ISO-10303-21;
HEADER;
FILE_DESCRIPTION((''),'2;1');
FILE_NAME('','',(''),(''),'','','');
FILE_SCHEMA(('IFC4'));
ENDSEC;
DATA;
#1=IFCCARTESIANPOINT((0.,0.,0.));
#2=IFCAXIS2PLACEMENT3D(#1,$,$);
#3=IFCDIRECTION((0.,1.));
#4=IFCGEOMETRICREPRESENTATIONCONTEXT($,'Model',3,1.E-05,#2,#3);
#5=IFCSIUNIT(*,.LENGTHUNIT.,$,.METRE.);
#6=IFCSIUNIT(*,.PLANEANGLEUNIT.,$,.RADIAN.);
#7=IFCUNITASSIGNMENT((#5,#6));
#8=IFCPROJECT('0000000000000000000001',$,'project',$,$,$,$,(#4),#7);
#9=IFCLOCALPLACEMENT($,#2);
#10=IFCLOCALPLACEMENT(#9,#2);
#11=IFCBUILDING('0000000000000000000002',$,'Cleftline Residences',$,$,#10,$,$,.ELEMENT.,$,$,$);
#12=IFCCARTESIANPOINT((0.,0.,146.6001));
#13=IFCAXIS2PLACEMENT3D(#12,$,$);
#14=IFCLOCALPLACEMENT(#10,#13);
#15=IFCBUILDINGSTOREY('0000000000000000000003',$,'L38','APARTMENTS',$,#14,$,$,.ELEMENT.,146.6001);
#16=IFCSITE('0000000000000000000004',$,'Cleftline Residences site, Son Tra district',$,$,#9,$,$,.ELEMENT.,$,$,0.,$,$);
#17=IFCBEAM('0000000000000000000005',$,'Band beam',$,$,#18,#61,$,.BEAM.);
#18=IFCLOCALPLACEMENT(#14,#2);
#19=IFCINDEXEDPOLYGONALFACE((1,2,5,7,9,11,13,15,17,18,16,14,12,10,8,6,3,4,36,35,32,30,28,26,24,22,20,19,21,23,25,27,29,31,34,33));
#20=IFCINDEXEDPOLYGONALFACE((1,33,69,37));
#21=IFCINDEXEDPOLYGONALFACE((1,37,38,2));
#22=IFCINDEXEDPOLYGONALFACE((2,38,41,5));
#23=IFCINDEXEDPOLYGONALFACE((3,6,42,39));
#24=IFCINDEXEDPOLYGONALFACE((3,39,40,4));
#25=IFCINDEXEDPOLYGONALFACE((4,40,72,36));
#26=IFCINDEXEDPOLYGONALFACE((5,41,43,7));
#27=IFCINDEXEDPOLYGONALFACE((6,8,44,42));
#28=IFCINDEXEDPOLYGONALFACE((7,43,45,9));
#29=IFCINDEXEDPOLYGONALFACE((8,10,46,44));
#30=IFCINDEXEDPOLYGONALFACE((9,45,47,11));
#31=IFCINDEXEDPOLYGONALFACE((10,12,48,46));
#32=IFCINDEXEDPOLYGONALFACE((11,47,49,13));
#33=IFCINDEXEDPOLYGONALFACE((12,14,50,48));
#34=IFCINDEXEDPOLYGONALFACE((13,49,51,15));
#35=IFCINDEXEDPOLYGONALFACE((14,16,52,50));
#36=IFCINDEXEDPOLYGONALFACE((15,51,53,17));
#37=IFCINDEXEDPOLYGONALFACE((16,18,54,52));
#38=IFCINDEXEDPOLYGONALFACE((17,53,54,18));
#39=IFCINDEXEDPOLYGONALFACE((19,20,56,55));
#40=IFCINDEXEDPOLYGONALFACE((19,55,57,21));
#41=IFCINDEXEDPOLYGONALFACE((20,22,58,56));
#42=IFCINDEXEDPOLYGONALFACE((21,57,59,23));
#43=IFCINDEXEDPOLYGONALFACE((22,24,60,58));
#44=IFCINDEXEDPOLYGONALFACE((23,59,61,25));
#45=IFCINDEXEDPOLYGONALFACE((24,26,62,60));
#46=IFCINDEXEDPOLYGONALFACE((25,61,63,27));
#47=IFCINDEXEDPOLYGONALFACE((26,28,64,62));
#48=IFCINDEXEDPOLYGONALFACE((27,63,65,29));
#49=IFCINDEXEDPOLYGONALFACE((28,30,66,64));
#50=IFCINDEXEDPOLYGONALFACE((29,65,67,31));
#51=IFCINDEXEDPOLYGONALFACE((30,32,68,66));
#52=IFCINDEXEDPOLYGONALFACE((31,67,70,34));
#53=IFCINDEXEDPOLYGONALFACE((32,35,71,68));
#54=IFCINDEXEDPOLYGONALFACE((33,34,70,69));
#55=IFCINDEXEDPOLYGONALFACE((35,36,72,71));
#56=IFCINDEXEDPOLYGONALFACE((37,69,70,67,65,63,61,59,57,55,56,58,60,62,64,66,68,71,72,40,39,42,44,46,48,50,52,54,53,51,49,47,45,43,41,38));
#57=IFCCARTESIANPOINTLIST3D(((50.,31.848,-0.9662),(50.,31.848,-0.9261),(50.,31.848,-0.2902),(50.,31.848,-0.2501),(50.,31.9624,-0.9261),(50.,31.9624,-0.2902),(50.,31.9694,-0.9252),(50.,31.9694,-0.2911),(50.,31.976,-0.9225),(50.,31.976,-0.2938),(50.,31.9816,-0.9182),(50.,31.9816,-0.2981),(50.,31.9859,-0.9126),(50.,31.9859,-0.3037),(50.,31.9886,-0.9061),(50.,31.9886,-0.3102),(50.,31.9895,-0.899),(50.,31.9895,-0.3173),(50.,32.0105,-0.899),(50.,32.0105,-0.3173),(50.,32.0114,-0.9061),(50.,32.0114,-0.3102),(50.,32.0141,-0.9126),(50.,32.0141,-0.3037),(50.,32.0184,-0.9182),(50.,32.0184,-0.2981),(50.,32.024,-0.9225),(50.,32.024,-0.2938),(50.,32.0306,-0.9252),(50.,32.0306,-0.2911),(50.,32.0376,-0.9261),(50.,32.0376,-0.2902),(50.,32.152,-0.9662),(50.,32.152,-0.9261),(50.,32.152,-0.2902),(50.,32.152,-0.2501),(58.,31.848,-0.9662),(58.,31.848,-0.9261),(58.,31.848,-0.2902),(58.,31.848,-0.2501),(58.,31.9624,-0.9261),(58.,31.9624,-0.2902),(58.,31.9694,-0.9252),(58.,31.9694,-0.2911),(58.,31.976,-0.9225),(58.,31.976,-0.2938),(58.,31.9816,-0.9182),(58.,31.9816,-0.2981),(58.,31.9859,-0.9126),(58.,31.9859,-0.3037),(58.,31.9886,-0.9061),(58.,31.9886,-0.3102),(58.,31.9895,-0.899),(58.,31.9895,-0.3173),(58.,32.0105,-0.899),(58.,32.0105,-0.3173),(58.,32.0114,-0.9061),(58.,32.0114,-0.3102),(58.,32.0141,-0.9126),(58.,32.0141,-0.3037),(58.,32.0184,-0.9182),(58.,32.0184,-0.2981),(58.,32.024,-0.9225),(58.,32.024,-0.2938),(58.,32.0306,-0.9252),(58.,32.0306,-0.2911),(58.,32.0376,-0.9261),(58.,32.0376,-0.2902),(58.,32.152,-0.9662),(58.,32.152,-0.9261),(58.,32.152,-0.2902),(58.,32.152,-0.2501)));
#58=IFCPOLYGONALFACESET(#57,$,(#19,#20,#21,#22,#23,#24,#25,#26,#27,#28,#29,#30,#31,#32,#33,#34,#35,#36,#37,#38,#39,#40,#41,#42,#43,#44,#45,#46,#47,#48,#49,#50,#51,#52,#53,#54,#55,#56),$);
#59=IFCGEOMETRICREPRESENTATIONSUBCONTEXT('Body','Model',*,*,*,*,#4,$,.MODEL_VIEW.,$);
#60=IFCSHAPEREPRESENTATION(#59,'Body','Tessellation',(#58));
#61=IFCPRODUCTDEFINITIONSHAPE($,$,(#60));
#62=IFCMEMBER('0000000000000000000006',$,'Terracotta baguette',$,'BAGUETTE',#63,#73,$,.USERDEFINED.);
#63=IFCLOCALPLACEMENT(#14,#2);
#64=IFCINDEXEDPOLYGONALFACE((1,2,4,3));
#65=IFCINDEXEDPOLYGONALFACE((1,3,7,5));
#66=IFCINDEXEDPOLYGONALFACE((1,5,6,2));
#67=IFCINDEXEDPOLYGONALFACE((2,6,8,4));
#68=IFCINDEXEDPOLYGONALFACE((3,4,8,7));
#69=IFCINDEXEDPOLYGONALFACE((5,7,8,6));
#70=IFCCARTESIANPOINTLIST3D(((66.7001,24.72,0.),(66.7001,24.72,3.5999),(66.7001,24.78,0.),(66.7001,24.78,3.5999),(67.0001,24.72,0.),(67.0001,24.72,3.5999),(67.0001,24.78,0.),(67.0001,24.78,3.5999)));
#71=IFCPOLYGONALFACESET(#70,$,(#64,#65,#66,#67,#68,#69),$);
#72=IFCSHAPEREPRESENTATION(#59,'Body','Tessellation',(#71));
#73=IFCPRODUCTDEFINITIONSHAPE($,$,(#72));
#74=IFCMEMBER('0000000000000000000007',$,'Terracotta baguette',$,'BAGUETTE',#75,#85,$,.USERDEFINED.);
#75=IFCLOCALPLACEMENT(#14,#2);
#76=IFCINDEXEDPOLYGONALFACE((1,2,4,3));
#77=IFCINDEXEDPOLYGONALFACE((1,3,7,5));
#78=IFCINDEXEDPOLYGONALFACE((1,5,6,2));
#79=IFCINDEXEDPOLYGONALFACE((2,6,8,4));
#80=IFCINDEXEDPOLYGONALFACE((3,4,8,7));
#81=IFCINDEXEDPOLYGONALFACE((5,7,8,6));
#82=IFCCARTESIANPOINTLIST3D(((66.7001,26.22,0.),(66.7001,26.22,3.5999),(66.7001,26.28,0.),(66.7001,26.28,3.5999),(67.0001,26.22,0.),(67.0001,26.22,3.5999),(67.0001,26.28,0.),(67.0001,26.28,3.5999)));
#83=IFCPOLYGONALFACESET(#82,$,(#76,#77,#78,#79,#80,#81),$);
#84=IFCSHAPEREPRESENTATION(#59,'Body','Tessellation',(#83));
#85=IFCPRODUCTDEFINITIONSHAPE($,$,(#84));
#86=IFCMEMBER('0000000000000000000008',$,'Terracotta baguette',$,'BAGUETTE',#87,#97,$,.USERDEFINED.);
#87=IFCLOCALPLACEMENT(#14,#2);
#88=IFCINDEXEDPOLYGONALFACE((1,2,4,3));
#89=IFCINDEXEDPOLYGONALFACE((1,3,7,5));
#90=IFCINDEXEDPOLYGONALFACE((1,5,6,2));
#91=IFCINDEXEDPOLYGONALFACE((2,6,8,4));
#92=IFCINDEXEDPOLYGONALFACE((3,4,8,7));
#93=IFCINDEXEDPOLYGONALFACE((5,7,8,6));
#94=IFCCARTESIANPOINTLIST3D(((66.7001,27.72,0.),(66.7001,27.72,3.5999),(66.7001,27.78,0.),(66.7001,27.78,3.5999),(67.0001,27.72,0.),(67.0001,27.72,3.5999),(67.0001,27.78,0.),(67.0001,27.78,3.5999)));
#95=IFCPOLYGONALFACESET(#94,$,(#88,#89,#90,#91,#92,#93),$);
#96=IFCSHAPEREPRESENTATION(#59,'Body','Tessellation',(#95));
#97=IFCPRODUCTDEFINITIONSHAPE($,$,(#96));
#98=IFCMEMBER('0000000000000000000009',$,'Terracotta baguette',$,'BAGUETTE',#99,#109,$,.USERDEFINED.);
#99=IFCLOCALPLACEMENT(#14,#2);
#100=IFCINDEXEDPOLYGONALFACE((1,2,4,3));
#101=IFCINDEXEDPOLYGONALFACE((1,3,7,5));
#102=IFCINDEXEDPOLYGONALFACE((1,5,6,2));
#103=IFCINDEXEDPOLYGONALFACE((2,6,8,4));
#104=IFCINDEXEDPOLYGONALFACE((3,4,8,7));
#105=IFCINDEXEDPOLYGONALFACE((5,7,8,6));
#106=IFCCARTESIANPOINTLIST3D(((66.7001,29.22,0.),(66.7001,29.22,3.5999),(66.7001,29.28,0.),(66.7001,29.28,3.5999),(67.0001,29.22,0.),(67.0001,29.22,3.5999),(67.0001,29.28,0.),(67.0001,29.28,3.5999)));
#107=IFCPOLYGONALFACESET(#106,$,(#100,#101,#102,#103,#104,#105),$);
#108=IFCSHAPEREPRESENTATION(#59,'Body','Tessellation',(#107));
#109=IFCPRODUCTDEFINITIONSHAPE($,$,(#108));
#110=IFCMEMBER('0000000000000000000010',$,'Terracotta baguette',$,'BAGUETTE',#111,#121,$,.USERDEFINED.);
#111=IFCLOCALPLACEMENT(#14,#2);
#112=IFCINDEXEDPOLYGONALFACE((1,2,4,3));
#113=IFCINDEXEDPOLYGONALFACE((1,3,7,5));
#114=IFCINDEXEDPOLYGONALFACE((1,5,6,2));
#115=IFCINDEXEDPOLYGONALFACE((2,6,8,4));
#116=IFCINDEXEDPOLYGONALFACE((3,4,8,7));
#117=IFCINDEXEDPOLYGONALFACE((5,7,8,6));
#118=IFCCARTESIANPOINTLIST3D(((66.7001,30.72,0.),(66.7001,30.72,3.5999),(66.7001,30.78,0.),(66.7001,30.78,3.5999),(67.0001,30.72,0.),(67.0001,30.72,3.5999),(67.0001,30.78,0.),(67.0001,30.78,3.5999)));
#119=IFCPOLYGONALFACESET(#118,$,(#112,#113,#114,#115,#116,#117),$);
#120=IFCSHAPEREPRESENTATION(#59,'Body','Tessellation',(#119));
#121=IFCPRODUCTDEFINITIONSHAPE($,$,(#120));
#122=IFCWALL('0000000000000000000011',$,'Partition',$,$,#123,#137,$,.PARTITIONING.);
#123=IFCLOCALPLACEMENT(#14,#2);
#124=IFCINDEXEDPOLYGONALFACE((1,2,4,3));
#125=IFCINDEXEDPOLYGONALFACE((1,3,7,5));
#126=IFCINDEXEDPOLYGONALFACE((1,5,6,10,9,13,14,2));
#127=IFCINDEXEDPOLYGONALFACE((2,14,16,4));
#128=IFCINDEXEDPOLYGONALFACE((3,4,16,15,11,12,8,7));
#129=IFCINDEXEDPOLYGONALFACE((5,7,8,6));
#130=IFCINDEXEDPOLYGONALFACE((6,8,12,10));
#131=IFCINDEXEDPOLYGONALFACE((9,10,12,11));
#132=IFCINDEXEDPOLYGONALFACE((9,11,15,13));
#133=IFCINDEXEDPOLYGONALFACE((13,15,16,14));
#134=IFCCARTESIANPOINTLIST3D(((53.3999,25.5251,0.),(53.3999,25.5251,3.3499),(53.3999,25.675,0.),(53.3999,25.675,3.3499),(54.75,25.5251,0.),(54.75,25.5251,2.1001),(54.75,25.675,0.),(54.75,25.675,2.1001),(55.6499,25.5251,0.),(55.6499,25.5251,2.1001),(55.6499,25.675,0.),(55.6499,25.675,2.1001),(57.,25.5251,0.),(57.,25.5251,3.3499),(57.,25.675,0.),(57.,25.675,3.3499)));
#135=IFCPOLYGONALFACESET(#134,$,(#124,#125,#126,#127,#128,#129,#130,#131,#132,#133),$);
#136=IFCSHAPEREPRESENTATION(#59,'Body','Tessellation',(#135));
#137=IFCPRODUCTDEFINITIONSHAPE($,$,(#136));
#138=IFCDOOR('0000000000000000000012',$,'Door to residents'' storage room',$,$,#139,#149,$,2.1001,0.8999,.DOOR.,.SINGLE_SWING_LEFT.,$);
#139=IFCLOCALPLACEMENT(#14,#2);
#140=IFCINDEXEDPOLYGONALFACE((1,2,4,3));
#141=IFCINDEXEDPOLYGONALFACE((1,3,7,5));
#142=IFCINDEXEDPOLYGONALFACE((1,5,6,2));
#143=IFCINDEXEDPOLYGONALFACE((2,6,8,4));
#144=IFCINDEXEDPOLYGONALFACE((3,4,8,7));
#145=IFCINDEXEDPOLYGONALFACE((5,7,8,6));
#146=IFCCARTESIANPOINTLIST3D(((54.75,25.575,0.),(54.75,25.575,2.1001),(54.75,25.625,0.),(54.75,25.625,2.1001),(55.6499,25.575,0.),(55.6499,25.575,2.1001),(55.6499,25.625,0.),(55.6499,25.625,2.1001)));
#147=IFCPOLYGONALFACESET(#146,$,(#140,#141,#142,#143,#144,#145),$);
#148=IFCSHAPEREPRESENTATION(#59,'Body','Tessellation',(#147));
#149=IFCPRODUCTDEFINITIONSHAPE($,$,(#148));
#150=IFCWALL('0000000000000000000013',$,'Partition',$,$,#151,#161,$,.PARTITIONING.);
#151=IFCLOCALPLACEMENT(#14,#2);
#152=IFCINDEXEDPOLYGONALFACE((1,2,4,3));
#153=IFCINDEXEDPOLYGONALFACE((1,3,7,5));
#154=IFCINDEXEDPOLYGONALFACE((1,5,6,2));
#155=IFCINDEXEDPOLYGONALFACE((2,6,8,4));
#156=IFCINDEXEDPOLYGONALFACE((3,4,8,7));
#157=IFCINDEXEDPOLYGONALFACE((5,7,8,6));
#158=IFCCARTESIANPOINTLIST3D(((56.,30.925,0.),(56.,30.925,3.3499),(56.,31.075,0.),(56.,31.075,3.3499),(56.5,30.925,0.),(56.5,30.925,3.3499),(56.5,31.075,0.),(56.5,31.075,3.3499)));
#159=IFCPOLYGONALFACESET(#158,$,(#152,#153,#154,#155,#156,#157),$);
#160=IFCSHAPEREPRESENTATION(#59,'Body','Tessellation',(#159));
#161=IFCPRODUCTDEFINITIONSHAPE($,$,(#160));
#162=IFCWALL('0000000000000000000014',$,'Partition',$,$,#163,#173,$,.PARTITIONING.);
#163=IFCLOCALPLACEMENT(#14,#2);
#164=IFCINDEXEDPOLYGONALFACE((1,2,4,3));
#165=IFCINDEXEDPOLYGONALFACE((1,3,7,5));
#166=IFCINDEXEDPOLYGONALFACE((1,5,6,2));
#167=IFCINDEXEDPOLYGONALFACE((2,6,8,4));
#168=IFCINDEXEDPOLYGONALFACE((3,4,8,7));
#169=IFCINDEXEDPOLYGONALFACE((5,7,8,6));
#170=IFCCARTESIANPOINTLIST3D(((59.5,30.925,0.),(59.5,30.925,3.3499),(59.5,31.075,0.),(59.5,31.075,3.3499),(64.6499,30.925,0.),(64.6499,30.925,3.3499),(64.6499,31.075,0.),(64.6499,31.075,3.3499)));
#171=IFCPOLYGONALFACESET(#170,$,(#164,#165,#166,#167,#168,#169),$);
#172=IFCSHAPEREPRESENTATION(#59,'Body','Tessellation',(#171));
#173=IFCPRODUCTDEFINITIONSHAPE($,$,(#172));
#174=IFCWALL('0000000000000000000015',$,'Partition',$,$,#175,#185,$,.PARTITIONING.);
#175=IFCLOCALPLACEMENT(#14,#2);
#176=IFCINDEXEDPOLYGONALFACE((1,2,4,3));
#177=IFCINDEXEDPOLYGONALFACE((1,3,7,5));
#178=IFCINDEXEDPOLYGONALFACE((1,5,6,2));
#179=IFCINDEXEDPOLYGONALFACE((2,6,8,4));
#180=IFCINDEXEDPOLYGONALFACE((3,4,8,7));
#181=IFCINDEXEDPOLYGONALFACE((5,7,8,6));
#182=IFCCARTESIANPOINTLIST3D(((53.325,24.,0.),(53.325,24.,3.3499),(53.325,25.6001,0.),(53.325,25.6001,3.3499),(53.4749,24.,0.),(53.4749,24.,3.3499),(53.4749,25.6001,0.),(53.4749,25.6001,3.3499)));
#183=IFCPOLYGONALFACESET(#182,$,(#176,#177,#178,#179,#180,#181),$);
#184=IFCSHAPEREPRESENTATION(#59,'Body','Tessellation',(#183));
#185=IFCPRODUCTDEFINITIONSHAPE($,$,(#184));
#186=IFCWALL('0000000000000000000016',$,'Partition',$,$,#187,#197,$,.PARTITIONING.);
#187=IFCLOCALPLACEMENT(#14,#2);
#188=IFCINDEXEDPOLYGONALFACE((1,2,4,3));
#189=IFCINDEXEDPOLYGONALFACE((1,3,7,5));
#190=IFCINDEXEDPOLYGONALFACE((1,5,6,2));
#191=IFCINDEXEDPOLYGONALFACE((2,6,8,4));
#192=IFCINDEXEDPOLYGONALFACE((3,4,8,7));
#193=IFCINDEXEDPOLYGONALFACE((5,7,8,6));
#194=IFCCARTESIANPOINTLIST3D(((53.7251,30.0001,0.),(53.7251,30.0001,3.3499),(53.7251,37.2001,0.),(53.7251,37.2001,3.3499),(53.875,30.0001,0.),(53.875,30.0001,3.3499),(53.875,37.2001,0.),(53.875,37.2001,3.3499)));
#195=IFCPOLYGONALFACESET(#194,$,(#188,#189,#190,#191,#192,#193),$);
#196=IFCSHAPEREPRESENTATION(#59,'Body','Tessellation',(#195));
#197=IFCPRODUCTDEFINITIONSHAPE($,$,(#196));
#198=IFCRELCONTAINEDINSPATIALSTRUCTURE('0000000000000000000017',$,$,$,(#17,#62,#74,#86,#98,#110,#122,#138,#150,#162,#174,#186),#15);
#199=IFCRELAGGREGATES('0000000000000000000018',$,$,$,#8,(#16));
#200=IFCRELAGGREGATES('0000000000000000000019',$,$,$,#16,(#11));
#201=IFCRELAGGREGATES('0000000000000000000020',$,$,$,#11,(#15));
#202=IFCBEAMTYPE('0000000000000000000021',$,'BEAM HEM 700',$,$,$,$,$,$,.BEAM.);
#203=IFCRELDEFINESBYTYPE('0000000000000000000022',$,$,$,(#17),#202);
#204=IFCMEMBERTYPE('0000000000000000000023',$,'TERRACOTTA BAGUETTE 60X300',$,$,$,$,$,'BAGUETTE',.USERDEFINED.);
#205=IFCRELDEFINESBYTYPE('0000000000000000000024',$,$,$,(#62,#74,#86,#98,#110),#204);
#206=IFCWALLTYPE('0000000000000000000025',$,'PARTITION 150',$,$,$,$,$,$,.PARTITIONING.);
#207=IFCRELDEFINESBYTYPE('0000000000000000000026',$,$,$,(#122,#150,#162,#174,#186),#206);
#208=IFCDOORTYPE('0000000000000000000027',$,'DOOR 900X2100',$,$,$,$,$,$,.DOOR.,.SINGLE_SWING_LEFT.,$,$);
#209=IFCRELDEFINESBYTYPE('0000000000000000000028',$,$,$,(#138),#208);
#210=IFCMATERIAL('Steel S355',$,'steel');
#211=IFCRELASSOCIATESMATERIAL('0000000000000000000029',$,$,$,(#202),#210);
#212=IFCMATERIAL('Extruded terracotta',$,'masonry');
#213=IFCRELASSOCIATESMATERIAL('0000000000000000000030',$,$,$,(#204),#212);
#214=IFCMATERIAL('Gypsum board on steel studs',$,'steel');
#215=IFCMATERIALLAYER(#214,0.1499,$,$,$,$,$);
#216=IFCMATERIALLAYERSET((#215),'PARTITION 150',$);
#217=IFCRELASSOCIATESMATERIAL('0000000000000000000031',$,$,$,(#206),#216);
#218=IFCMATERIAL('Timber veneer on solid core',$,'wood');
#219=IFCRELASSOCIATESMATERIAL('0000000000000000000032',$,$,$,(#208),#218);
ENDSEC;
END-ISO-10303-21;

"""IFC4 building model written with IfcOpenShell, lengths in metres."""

from ifc_helpers import new_model, si_unit, direction, frame, frame_2d, origin, origin_2d, place, context, subcontext, project, spatial, rectangle, i_section, extrude, material, layer, layer_set, material_profile, profile_set, type_object, element, fill, save


model = new_model("IFC4")

# Units and contexts
model_context = context("Model", 3, precision=1e-05, world=origin(), true_north=direction((0.0, 1.0)))
body_context = subcontext(model_context, "Body", "Model", "MODEL_VIEW")
ifc_project = project(units=[si_unit("LENGTHUNIT", "METRE"), si_unit("PLANEANGLEUNIT", "RADIAN")], contexts=[model_context])

# Site, building, storey
site_placement = place(None, origin())
site = spatial("IfcSite", under=ifc_project, at=site_placement, Name="Cleftline Residences site, Son Tra district", CompositionType="ELEMENT", RefElevation=0.0)
building_placement = place(site_placement, origin())
building = spatial("IfcBuilding", under=site, at=building_placement, Name="Cleftline Residences", CompositionType="ELEMENT")
storey_placement = place(building_placement, frame((0.0, 0.0, 146.6001)))
storey = spatial("IfcBuildingStorey", under=building, at=storey_placement, Name="L38", Description="APARTMENTS", CompositionType="ELEMENT", Elevation=146.6001)

# Beam
ifc_material_1 = material(Name="Steel S355", Category="steel")
ifc_material_profile_1 = material_profile(ifc_material_1, i_section(OverallWidth=0.304, OverallDepth=0.7161, WebThickness=0.021, FlangeThickness=0.04, FilletRadius=0.0271, at=origin_2d()))
ifc_profile_set_1 = profile_set([ifc_material_profile_1], Name="Steel S355")
beam_type_1 = type_object("IfcBeamType", Name="BEAM HEM 700", PredefinedType="BEAM", material=ifc_profile_set_1)
beam_placement = place(storey_placement, frame((58.0, 32.0, -0.6082), z_axis=(-1.0, 0.0, 0.0), x_axis=(0.0, -1.0, 0.0)))
element("IfcBeam", 1, at=beam_placement, inside=storey, type_object=beam_type_1, Name="Band beam", PredefinedType="BEAM", context=body_context, shape_type="SweptSolid", body=[
    extrude(i_section(OverallWidth=0.304, OverallDepth=0.7161, WebThickness=0.021, FlangeThickness=0.04, FilletRadius=0.0271, at=origin_2d()), origin(), (0.0, 0.0, 1.0), 8.0),
])

# Members
ifc_material_2 = material(Name="Extruded terracotta", Category="masonry")
ifc_material_profile_2 = material_profile(ifc_material_2, rectangle(XDim=0.0601, YDim=0.3, at=origin_2d()))
ifc_profile_set_2 = profile_set([ifc_material_profile_2], Name="Extruded terracotta")
member_type_1 = type_object("IfcMemberType", Name="TERRACOTTA BAGUETTE 60X300", ElementType="BAGUETTE", PredefinedType="USERDEFINED", material=ifc_profile_set_2)
for number, where, z_axis, x_axis, name in (
    (2, (66.8501, 24.75, 0.0), (0.0, 0.0, 1.0), (0.0, 1.0, 0.0), "Terracotta baguette"),
    (3, (66.8501, 26.25, 0.0), (0.0, 0.0, 1.0), (0.0, 1.0, 0.0), "Terracotta baguette"),
    (4, (66.8501, 27.75, 0.0), (0.0, 0.0, 1.0), (0.0, 1.0, 0.0), "Terracotta baguette"),
    (5, (66.8501, 29.25, 0.0), (0.0, 0.0, 1.0), (0.0, 1.0, 0.0), "Terracotta baguette"),
    (6, (66.8501, 30.75, 0.0), (0.0, 0.0, 1.0), (0.0, 1.0, 0.0), "Terracotta baguette"),
):
    element("IfcMember", number, at=place(storey_placement, frame(where, z_axis=z_axis, x_axis=x_axis)), inside=storey, type_object=member_type_1, Name=name, ObjectType="BAGUETTE", PredefinedType="USERDEFINED", context=body_context, shape_type="SweptSolid", body=[
        extrude(rectangle(XDim=0.0601, YDim=0.3, at=origin_2d()), origin(), (0.0, 0.0, 1.0), 3.5999),
    ])

# Wall, opening, door
ifc_material_3 = material(Name="Gypsum board on steel studs", Category="steel")
ifc_layer_1 = layer(ifc_material_3, 0.1499)
ifc_layer_set_1 = layer_set([ifc_layer_1], Name="PARTITION 150")
wall_type_1 = type_object("IfcWallType", Name="PARTITION 150", PredefinedType="PARTITIONING", material=ifc_layer_set_1)
wall_1_placement = place(storey_placement, frame((53.3999, 25.6001, 0.0), z_axis=(0.0, 0.0, 1.0), x_axis=(1.0, 0.0, 0.0)))
wall_1 = element("IfcWall", 7, at=wall_1_placement, inside=storey, type_object=wall_type_1, Name="Partition", PredefinedType="PARTITIONING", context=body_context, shape_type="SweptSolid", body=[
    extrude(rectangle(XDim=3.6001, YDim=0.1499, at=frame_2d((1.8, 0.0))), origin(), (0.0, 0.0, 1.0), 3.3499),
])
opening_1_placement = place(wall_1_placement, frame((1.3501, 0.0, 0.0)))
opening_1 = element("IfcOpeningElement", 8, at=opening_1_placement, cuts=wall_1, PredefinedType="OPENING", context=body_context, shape_type="SweptSolid", body=[
    extrude(rectangle(XDim=0.8999, YDim=2.1001, at=frame_2d((0.45, 1.05))), frame((0.0, 0.085, 0.0), z_axis=(0.0, -1.0, 0.0), x_axis=(1.0, 0.0, 0.0)), (0.0, 0.0, 1.0), 0.1699),
])
ifc_material_4 = material(Name="Timber veneer on solid core", Category="wood")
door_type_1 = type_object("IfcDoorType", Name="DOOR 900X2100", OperationType="SINGLE_SWING_LEFT", PredefinedType="DOOR", material=ifc_material_4)
door_1_placement = place(opening_1_placement, origin())
door_1 = element("IfcDoor", 9, at=door_1_placement, inside=storey, type_object=door_type_1, Name="Door to residents' storage room", OperationType="SINGLE_SWING_LEFT", OverallHeight=2.1001, OverallWidth=0.8999, PredefinedType="DOOR", context=body_context, shape_type="SweptSolid", body=[
    extrude(rectangle(XDim=0.8999, YDim=2.1001, at=frame_2d((0.45, 1.05))), frame((0.0, 0.0249, 0.0), z_axis=(0.0, -1.0, 0.0), x_axis=(1.0, 0.0, 0.0)), (0.0, 0.0, 1.0), 0.05),
])
fill(opening_1, door_1)

# Walls
wall_2_placement = place(storey_placement, frame((56.0, 31.0, 0.0), z_axis=(0.0, 0.0, 1.0), x_axis=(1.0, 0.0, 0.0)))
element("IfcWall", 10, at=wall_2_placement, inside=storey, type_object=wall_type_1, Name="Partition", PredefinedType="PARTITIONING", context=body_context, shape_type="SweptSolid", body=[
    extrude(rectangle(XDim=0.5, YDim=0.1499, at=frame_2d((0.25, 0.0))), origin(), (0.0, 0.0, 1.0), 3.3499),
])
wall_3_placement = place(storey_placement, frame((59.5, 31.0, 0.0), z_axis=(0.0, 0.0, 1.0), x_axis=(1.0, 0.0, 0.0)))
element("IfcWall", 11, at=wall_3_placement, inside=storey, type_object=wall_type_1, Name="Partition", PredefinedType="PARTITIONING", context=body_context, shape_type="SweptSolid", body=[
    extrude(rectangle(XDim=5.1499, YDim=0.1499, at=frame_2d((2.575, 0.0))), origin(), (0.0, 0.0, 1.0), 3.3499),
])
wall_4_placement = place(storey_placement, frame((53.3999, 24.0, 0.0), z_axis=(0.0, 0.0, 1.0), x_axis=(0.0, 1.0, 0.0)))
element("IfcWall", 12, at=wall_4_placement, inside=storey, type_object=wall_type_1, Name="Partition", PredefinedType="PARTITIONING", context=body_context, shape_type="SweptSolid", body=[
    extrude(rectangle(XDim=1.6001, YDim=0.1499, at=frame_2d((0.8, 0.0))), origin(), (0.0, 0.0, 1.0), 3.3499),
])
wall_5_placement = place(storey_placement, frame((53.8, 30.0, 0.0), z_axis=(0.0, 0.0, 1.0), x_axis=(0.0, 1.0, 0.0)))
element("IfcWall", 13, at=wall_5_placement, inside=storey, type_object=wall_type_1, Name="Partition", PredefinedType="PARTITIONING", context=body_context, shape_type="SweptSolid", body=[
    extrude(rectangle(XDim=7.2, YDim=0.1499, at=frame_2d((3.6001, 0.0))), origin(), (0.0, 0.0, 1.0), 3.3499),
])

save(model, "model.ifc")
